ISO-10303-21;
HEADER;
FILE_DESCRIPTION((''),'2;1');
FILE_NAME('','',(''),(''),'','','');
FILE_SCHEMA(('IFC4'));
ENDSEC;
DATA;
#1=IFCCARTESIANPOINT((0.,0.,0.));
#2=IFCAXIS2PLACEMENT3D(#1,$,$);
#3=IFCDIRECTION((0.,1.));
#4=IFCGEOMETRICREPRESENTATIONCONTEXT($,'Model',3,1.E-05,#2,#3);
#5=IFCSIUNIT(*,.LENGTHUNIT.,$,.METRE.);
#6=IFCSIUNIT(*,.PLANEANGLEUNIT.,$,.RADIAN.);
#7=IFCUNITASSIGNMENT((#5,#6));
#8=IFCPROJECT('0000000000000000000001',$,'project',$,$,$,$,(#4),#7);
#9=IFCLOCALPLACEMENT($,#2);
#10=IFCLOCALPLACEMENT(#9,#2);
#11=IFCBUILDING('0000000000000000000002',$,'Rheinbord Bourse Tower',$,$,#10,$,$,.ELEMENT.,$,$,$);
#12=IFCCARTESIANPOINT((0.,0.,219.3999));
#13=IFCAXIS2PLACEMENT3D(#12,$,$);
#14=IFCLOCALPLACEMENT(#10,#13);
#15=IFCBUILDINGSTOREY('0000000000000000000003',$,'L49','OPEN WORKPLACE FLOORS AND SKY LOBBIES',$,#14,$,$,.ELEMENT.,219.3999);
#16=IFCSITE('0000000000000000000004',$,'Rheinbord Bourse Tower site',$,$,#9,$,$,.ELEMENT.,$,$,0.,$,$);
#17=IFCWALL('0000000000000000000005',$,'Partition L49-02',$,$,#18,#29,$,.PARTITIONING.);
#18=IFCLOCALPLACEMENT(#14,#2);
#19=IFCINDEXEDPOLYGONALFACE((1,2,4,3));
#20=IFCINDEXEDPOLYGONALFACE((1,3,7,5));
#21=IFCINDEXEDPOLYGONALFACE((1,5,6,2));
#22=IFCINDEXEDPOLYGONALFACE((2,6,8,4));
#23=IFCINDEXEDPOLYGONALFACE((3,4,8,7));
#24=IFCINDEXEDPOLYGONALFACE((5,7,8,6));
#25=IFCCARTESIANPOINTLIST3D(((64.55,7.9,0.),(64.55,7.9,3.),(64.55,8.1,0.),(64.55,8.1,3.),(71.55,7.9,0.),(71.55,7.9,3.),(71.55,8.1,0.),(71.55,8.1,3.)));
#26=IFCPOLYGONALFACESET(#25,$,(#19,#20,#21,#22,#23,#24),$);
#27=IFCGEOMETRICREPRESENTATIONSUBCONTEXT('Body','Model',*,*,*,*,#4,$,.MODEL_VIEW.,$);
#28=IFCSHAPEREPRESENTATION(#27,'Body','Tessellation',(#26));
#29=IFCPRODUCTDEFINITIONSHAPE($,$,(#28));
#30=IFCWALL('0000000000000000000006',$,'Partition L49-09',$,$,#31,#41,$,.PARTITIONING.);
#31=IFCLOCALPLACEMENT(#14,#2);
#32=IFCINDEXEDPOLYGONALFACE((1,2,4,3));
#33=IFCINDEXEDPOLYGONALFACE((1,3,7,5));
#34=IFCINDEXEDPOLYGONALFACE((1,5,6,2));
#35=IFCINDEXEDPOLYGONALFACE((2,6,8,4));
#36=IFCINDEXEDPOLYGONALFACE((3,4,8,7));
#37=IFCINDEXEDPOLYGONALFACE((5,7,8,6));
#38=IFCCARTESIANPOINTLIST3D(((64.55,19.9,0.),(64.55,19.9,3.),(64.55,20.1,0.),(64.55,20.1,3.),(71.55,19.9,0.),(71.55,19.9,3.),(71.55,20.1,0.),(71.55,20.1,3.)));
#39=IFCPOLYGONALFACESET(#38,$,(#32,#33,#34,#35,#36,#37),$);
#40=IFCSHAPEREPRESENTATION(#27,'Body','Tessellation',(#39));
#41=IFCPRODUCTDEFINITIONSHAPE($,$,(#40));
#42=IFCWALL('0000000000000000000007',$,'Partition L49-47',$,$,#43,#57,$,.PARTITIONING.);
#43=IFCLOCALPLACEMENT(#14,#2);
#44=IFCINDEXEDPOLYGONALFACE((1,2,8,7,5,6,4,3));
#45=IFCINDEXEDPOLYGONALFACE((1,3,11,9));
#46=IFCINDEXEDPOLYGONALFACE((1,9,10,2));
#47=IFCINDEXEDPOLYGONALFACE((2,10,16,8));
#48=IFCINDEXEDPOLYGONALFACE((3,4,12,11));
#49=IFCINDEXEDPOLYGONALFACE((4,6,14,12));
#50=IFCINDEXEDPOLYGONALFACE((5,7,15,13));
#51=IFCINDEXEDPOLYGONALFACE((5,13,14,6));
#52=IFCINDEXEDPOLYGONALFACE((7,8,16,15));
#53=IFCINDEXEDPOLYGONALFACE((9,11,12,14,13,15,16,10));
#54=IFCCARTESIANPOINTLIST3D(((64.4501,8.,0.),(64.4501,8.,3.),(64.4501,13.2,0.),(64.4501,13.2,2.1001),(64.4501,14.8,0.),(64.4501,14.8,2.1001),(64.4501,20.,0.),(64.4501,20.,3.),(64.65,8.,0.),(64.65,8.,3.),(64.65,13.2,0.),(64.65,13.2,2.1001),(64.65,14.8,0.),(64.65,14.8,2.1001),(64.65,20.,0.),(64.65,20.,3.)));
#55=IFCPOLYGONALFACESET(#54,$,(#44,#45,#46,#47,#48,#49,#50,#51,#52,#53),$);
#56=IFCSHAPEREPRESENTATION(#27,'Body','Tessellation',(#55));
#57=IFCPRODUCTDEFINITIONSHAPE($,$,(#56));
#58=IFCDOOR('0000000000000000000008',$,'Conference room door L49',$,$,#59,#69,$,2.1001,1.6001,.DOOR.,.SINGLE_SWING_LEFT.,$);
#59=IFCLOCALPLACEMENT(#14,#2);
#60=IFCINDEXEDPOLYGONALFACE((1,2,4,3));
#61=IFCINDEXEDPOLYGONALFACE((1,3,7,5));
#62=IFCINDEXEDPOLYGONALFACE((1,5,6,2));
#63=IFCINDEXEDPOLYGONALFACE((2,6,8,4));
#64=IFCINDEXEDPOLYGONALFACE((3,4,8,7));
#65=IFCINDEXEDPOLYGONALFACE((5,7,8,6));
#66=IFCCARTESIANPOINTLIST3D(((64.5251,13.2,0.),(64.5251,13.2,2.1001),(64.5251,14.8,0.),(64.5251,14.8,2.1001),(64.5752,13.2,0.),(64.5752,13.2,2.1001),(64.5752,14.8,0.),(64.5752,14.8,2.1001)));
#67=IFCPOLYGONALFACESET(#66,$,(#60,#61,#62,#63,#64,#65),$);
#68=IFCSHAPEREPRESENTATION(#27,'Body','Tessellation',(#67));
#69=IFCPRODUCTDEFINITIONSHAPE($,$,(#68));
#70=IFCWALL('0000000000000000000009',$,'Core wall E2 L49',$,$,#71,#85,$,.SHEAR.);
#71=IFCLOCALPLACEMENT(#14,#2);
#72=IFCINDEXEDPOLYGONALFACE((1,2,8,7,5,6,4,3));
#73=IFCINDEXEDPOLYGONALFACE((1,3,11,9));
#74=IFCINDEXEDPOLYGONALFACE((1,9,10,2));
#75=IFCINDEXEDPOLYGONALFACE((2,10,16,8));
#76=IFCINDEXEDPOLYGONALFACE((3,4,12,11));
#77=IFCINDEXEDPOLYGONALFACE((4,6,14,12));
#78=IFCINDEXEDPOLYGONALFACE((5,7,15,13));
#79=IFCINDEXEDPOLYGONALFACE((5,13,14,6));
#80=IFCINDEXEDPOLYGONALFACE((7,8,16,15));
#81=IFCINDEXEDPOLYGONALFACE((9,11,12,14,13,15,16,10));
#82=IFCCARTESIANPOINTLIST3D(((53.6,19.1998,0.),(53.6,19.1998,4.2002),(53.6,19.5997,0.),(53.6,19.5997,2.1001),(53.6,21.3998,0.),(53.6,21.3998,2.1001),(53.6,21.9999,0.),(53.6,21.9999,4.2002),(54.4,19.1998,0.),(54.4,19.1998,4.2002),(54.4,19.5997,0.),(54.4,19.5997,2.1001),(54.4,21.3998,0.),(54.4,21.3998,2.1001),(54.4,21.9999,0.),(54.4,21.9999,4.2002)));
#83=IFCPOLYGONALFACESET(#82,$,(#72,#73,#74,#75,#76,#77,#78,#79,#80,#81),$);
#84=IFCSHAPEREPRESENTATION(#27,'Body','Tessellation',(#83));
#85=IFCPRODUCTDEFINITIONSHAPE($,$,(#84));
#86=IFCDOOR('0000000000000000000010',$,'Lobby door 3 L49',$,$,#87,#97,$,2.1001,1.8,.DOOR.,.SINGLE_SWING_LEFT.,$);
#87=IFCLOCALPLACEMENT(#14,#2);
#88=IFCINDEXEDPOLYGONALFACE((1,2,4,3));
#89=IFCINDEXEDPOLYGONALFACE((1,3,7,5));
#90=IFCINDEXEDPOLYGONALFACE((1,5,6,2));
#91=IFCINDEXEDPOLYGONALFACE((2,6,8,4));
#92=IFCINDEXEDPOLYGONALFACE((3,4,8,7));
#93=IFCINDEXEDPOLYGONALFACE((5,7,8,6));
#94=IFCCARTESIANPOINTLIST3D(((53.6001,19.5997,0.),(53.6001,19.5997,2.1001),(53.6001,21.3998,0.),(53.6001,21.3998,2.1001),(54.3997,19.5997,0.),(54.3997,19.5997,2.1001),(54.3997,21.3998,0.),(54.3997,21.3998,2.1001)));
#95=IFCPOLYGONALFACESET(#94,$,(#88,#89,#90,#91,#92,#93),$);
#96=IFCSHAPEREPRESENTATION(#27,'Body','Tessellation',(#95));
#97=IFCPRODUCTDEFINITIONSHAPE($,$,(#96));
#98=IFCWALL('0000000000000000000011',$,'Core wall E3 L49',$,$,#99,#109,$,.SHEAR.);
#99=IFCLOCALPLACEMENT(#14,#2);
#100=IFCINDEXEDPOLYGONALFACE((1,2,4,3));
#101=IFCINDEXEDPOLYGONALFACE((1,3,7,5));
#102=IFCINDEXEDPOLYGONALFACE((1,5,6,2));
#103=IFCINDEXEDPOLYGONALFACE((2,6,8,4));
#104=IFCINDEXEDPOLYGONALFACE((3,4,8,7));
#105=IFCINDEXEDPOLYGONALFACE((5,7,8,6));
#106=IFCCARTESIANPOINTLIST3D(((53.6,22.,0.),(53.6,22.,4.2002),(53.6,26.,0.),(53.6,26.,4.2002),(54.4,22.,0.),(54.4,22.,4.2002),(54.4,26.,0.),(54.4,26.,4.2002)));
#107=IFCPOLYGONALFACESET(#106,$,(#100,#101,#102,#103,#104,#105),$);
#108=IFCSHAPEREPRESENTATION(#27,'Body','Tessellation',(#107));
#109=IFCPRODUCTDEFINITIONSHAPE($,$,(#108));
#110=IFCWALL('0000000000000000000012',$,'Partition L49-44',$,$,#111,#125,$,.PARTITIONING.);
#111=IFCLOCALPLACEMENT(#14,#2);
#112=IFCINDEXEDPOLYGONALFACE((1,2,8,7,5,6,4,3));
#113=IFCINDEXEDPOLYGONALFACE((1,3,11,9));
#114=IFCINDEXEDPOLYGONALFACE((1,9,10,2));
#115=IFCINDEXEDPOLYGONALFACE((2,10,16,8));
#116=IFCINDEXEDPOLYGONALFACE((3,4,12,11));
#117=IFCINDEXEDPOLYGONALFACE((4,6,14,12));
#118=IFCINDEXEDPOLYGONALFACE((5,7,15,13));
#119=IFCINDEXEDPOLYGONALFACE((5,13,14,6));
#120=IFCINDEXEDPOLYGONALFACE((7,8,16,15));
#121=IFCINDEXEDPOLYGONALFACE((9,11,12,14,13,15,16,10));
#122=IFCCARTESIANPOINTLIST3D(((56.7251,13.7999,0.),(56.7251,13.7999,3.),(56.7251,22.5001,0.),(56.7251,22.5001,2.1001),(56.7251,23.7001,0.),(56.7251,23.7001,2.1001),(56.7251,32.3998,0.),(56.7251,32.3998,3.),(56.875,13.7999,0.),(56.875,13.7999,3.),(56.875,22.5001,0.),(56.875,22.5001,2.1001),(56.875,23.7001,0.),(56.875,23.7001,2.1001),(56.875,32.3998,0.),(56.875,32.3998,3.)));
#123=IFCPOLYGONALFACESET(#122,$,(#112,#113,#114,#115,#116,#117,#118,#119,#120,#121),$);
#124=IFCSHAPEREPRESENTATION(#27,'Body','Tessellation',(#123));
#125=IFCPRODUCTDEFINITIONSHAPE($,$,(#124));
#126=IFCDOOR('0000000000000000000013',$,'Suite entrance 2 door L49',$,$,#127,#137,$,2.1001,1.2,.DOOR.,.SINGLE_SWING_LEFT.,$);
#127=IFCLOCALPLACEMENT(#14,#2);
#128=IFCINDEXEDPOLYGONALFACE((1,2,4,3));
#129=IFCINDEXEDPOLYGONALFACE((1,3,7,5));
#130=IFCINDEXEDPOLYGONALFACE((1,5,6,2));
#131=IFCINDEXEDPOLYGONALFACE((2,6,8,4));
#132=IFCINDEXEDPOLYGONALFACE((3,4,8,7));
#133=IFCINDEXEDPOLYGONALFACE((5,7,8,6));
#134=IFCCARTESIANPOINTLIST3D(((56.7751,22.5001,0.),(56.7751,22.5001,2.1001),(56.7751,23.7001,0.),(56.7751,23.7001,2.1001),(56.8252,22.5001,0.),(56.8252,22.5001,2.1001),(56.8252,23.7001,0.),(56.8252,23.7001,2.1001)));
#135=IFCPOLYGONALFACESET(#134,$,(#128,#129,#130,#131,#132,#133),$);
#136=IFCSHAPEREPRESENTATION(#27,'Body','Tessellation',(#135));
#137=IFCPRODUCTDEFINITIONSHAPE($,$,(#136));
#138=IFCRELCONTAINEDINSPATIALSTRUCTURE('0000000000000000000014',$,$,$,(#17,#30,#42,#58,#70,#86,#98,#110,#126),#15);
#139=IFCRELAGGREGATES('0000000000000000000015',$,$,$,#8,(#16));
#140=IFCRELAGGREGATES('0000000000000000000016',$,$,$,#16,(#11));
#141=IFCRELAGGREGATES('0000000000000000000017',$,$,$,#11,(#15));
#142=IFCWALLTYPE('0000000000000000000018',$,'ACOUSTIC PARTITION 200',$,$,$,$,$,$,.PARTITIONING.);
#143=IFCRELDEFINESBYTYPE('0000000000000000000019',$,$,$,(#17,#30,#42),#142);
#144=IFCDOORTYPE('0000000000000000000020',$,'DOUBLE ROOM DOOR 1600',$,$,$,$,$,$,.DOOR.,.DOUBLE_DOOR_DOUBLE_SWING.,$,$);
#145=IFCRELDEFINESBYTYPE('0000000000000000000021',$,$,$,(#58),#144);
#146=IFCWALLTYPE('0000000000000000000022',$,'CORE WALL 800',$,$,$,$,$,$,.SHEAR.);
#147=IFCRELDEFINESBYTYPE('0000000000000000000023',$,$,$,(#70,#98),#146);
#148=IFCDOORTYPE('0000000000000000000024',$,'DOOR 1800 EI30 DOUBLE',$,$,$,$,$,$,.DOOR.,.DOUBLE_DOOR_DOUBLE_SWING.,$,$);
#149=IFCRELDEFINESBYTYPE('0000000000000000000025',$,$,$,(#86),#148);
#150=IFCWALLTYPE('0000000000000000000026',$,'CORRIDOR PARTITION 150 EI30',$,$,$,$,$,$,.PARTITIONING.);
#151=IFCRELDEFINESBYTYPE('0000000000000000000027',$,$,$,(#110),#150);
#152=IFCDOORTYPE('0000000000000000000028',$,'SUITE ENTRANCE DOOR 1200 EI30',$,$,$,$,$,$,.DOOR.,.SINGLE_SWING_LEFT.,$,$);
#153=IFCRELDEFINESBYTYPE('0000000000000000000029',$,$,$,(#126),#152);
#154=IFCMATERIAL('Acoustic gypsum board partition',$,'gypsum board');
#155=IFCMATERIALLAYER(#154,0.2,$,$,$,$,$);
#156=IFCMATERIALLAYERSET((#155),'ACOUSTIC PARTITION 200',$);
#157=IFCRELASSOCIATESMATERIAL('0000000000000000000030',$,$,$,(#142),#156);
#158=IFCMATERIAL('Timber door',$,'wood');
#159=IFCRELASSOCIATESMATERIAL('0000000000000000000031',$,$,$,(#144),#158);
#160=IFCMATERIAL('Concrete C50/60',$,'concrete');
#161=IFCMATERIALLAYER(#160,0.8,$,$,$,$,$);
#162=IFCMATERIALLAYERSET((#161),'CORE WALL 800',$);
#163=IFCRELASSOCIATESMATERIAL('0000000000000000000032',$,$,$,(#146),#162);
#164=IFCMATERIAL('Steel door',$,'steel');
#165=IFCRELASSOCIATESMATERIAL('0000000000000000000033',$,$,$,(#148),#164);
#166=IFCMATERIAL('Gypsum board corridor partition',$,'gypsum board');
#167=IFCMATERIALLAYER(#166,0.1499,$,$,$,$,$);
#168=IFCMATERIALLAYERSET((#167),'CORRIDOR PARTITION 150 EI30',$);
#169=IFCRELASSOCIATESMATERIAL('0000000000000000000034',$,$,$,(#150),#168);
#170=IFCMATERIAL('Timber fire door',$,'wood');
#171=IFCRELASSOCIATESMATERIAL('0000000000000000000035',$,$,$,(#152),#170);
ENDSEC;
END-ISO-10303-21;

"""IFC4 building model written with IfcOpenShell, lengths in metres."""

from ifc_helpers import new_model, si_unit, direction, frame, frame_2d, origin, place, context, subcontext, project, spatial, rectangle, extrude, material, layer, layer_set, type_object, element, fill, save


model = new_model("IFC4")

# Units and contexts
model_context = context("Model", 3, precision=1e-05, world=origin(), true_north=direction((0.0, 1.0)))
body_context = subcontext(model_context, "Body", "Model", "MODEL_VIEW")
ifc_project = project(units=[si_unit("LENGTHUNIT", "METRE"), si_unit("PLANEANGLEUNIT", "RADIAN")], contexts=[model_context])

# Site, building, storey
site_placement = place(None, origin())
site = spatial("IfcSite", under=ifc_project, at=site_placement, Name="Rheinbord Bourse Tower site", CompositionType="ELEMENT", RefElevation=0.0)
building_placement = place(site_placement, origin())
building = spatial("IfcBuilding", under=site, at=building_placement, Name="Rheinbord Bourse Tower", CompositionType="ELEMENT")
storey_placement = place(building_placement, frame((0.0, 0.0, 219.3999)))
storey = spatial("IfcBuildingStorey", under=building, at=storey_placement, Name="L49", Description="OPEN WORKPLACE FLOORS AND SKY LOBBIES", CompositionType="ELEMENT", Elevation=219.3999)

# Walls
ifc_material_1 = material(Name="Acoustic gypsum board partition", Category="gypsum board")
ifc_layer_1 = layer(ifc_material_1, 0.2)
ifc_layer_set_1 = layer_set([ifc_layer_1], Name="ACOUSTIC PARTITION 200")
wall_type_1 = type_object("IfcWallType", Name="ACOUSTIC PARTITION 200", PredefinedType="PARTITIONING", material=ifc_layer_set_1)
for number, where, z_axis, x_axis, name in (
    (1, (64.55, 8.0, 0.0), (0.0, 0.0, 1.0), (1.0, 0.0, 0.0), "Partition L49-02"),
    (2, (64.55, 20.0, 0.0), (0.0, 0.0, 1.0), (1.0, 0.0, 0.0), "Partition L49-09"),
):
    element("IfcWall", number, at=place(storey_placement, frame(where, z_axis=z_axis, x_axis=x_axis)), inside=storey, type_object=wall_type_1, Name=name, PredefinedType="PARTITIONING", context=body_context, shape_type="SweptSolid", body=[
        extrude(rectangle(XDim=7.0, YDim=0.2, at=frame_2d((3.5, 0.0))), origin(), (0.0, 0.0, 1.0), 3.0),
    ])

# Walls, openings, doors
wall_1_placement = place(storey_placement, frame((64.55, 8.0, 0.0), z_axis=(0.0, 0.0, 1.0), x_axis=(0.0, 1.0, 0.0)))
wall_1 = element("IfcWall", 3, at=wall_1_placement, inside=storey, type_object=wall_type_1, Name="Partition L49-47", PredefinedType="PARTITIONING", context=body_context, shape_type="SweptSolid", body=[
    extrude(rectangle(XDim=12.0, YDim=0.2, at=frame_2d((6.0, 0.0))), origin(), (0.0, 0.0, 1.0), 3.0),
])
opening_1_placement = place(wall_1_placement, frame((5.2, 0.0, 0.0)))
opening_1 = element("IfcOpeningElement", 4, at=opening_1_placement, cuts=wall_1, PredefinedType="OPENING", context=body_context, shape_type="SweptSolid", body=[
    extrude(rectangle(XDim=1.6001, YDim=2.1001, at=frame_2d((0.8, 1.05))), frame((0.0, 0.1099, 0.0), z_axis=(0.0, -1.0, 0.0), x_axis=(1.0, 0.0, 0.0)), (0.0, 0.0, 1.0), 0.22),
])
ifc_material_2 = material(Name="Timber door", Category="wood")
door_type_1 = type_object("IfcDoorType", Name="DOUBLE ROOM DOOR 1600", OperationType="DOUBLE_DOOR_DOUBLE_SWING", PredefinedType="DOOR", material=ifc_material_2)
door_1_placement = place(opening_1_placement, origin())
door_1 = element("IfcDoor", 5, at=door_1_placement, inside=storey, type_object=door_type_1, Name="Conference room door L49", OperationType="SINGLE_SWING_LEFT", OverallHeight=2.1001, OverallWidth=1.6001, PredefinedType="DOOR", context=body_context, shape_type="SweptSolid", body=[
    extrude(rectangle(XDim=1.6001, YDim=2.1001, at=frame_2d((0.8, 1.05))), frame((0.0, 0.0249, 0.0), z_axis=(0.0, -1.0, 0.0), x_axis=(1.0, 0.0, 0.0)), (0.0, 0.0, 1.0), 0.05),
])
fill(opening_1, door_1)
ifc_material_3 = material(Name="Concrete C50/60", Category="concrete")
ifc_layer_2 = layer(ifc_material_3, 0.8)
ifc_layer_set_2 = layer_set([ifc_layer_2], Name="CORE WALL 800")
wall_type_2 = type_object("IfcWallType", Name="CORE WALL 800", PredefinedType="SHEAR", material=ifc_layer_set_2)
wall_2_placement = place(storey_placement, frame((54.0, 19.2, 0.0), z_axis=(0.0, 0.0, 1.0), x_axis=(0.0, 1.0, 0.0)))
wall_2 = element("IfcWall", 6, at=wall_2_placement, inside=storey, type_object=wall_type_2, Name="Core wall E2 L49", PredefinedType="SHEAR", context=body_context, shape_type="SweptSolid", body=[
    extrude(rectangle(XDim=2.8, YDim=0.8, at=frame_2d((1.3999, 0.0))), origin(), (0.0, 0.0, 1.0), 4.2002),
])
opening_2_placement = place(wall_2_placement, frame((0.3999, 0.0, 0.0)))
opening_2 = element("IfcOpeningElement", 7, at=opening_2_placement, cuts=wall_2, PredefinedType="OPENING", context=body_context, shape_type="SweptSolid", body=[
    extrude(rectangle(XDim=1.8, YDim=2.1001, at=frame_2d((0.8999, 1.05))), frame((0.0, 0.4099, 0.0), z_axis=(0.0, -1.0, 0.0), x_axis=(1.0, 0.0, 0.0)), (0.0, 0.0, 1.0), 0.8201),
])
ifc_material_4 = material(Name="Steel door", Category="steel")
door_type_2 = type_object("IfcDoorType", Name="DOOR 1800 EI30 DOUBLE", OperationType="DOUBLE_DOOR_DOUBLE_SWING", PredefinedType="DOOR", material=ifc_material_4)
door_2_placement = place(opening_2_placement, origin())
door_2 = element("IfcDoor", 8, at=door_2_placement, inside=storey, type_object=door_type_2, Name="Lobby door 3 L49", OperationType="SINGLE_SWING_LEFT", OverallHeight=2.1001, OverallWidth=1.8, PredefinedType="DOOR", context=body_context, shape_type="SweptSolid", body=[
    extrude(rectangle(XDim=1.8, YDim=2.1001, at=frame_2d((0.8999, 1.05))), frame((0.0, 0.3999, 0.0), z_axis=(0.0, -1.0, 0.0), x_axis=(1.0, 0.0, 0.0)), (0.0, 0.0, 1.0), 0.7996),
])
fill(opening_2, door_2)

# Wall
wall_3_placement = place(storey_placement, frame((54.0, 22.0, 0.0), z_axis=(0.0, 0.0, 1.0), x_axis=(0.0, 1.0, 0.0)))
element("IfcWall", 9, at=wall_3_placement, inside=storey, type_object=wall_type_2, Name="Core wall E3 L49", PredefinedType="SHEAR", context=body_context, shape_type="SweptSolid", body=[
    extrude(rectangle(XDim=4.0, YDim=0.8, at=frame_2d((2.0, 0.0))), origin(), (0.0, 0.0, 1.0), 4.2002),
])

# Wall, opening, door
ifc_material_5 = material(Name="Gypsum board corridor partition", Category="gypsum board")
ifc_layer_3 = layer(ifc_material_5, 0.1499)
ifc_layer_set_3 = layer_set([ifc_layer_3], Name="CORRIDOR PARTITION 150 EI30")
wall_type_3 = type_object("IfcWallType", Name="CORRIDOR PARTITION 150 EI30", PredefinedType="PARTITIONING", material=ifc_layer_set_3)
wall_4_placement = place(storey_placement, frame((56.8, 13.8, 0.0), z_axis=(0.0, 0.0, 1.0), x_axis=(0.0, 1.0, 0.0)))
wall_4 = element("IfcWall", 10, at=wall_4_placement, inside=storey, type_object=wall_type_3, Name="Partition L49-44", PredefinedType="PARTITIONING", context=body_context, shape_type="SweptSolid", body=[
    extrude(rectangle(XDim=18.5999, YDim=0.1499, at=frame_2d((9.2998, 0.0))), origin(), (0.0, 0.0, 1.0), 3.0),
])
opening_3_placement = place(wall_4_placement, frame((8.7, 0.0, 0.0)))
opening_3 = element("IfcOpeningElement", 11, at=opening_3_placement, cuts=wall_4, PredefinedType="OPENING", context=body_context, shape_type="SweptSolid", body=[
    extrude(rectangle(XDim=1.2, YDim=2.1001, at=frame_2d((0.6001, 1.05))), frame((0.0, 0.085, 0.0), z_axis=(0.0, -1.0, 0.0), x_axis=(1.0, 0.0, 0.0)), (0.0, 0.0, 1.0), 0.1699),
])
ifc_material_6 = material(Name="Timber fire door", Category="wood")
door_type_3 = type_object("IfcDoorType", Name="SUITE ENTRANCE DOOR 1200 EI30", OperationType="SINGLE_SWING_LEFT", PredefinedType="DOOR", material=ifc_material_6)
door_3_placement = place(opening_3_placement, origin())
door_3 = element("IfcDoor", 12, at=door_3_placement, inside=storey, type_object=door_type_3, Name="Suite entrance 2 door L49", OperationType="SINGLE_SWING_LEFT", OverallHeight=2.1001, OverallWidth=1.2, PredefinedType="DOOR", context=body_context, shape_type="SweptSolid", body=[
    extrude(rectangle(XDim=1.2, YDim=2.1001, at=frame_2d((0.6001, 1.05))), frame((0.0, 0.0249, 0.0), z_axis=(0.0, -1.0, 0.0), x_axis=(1.0, 0.0, 0.0)), (0.0, 0.0, 1.0), 0.05),
])
fill(opening_3, door_3)

save(model, "model.ifc")
